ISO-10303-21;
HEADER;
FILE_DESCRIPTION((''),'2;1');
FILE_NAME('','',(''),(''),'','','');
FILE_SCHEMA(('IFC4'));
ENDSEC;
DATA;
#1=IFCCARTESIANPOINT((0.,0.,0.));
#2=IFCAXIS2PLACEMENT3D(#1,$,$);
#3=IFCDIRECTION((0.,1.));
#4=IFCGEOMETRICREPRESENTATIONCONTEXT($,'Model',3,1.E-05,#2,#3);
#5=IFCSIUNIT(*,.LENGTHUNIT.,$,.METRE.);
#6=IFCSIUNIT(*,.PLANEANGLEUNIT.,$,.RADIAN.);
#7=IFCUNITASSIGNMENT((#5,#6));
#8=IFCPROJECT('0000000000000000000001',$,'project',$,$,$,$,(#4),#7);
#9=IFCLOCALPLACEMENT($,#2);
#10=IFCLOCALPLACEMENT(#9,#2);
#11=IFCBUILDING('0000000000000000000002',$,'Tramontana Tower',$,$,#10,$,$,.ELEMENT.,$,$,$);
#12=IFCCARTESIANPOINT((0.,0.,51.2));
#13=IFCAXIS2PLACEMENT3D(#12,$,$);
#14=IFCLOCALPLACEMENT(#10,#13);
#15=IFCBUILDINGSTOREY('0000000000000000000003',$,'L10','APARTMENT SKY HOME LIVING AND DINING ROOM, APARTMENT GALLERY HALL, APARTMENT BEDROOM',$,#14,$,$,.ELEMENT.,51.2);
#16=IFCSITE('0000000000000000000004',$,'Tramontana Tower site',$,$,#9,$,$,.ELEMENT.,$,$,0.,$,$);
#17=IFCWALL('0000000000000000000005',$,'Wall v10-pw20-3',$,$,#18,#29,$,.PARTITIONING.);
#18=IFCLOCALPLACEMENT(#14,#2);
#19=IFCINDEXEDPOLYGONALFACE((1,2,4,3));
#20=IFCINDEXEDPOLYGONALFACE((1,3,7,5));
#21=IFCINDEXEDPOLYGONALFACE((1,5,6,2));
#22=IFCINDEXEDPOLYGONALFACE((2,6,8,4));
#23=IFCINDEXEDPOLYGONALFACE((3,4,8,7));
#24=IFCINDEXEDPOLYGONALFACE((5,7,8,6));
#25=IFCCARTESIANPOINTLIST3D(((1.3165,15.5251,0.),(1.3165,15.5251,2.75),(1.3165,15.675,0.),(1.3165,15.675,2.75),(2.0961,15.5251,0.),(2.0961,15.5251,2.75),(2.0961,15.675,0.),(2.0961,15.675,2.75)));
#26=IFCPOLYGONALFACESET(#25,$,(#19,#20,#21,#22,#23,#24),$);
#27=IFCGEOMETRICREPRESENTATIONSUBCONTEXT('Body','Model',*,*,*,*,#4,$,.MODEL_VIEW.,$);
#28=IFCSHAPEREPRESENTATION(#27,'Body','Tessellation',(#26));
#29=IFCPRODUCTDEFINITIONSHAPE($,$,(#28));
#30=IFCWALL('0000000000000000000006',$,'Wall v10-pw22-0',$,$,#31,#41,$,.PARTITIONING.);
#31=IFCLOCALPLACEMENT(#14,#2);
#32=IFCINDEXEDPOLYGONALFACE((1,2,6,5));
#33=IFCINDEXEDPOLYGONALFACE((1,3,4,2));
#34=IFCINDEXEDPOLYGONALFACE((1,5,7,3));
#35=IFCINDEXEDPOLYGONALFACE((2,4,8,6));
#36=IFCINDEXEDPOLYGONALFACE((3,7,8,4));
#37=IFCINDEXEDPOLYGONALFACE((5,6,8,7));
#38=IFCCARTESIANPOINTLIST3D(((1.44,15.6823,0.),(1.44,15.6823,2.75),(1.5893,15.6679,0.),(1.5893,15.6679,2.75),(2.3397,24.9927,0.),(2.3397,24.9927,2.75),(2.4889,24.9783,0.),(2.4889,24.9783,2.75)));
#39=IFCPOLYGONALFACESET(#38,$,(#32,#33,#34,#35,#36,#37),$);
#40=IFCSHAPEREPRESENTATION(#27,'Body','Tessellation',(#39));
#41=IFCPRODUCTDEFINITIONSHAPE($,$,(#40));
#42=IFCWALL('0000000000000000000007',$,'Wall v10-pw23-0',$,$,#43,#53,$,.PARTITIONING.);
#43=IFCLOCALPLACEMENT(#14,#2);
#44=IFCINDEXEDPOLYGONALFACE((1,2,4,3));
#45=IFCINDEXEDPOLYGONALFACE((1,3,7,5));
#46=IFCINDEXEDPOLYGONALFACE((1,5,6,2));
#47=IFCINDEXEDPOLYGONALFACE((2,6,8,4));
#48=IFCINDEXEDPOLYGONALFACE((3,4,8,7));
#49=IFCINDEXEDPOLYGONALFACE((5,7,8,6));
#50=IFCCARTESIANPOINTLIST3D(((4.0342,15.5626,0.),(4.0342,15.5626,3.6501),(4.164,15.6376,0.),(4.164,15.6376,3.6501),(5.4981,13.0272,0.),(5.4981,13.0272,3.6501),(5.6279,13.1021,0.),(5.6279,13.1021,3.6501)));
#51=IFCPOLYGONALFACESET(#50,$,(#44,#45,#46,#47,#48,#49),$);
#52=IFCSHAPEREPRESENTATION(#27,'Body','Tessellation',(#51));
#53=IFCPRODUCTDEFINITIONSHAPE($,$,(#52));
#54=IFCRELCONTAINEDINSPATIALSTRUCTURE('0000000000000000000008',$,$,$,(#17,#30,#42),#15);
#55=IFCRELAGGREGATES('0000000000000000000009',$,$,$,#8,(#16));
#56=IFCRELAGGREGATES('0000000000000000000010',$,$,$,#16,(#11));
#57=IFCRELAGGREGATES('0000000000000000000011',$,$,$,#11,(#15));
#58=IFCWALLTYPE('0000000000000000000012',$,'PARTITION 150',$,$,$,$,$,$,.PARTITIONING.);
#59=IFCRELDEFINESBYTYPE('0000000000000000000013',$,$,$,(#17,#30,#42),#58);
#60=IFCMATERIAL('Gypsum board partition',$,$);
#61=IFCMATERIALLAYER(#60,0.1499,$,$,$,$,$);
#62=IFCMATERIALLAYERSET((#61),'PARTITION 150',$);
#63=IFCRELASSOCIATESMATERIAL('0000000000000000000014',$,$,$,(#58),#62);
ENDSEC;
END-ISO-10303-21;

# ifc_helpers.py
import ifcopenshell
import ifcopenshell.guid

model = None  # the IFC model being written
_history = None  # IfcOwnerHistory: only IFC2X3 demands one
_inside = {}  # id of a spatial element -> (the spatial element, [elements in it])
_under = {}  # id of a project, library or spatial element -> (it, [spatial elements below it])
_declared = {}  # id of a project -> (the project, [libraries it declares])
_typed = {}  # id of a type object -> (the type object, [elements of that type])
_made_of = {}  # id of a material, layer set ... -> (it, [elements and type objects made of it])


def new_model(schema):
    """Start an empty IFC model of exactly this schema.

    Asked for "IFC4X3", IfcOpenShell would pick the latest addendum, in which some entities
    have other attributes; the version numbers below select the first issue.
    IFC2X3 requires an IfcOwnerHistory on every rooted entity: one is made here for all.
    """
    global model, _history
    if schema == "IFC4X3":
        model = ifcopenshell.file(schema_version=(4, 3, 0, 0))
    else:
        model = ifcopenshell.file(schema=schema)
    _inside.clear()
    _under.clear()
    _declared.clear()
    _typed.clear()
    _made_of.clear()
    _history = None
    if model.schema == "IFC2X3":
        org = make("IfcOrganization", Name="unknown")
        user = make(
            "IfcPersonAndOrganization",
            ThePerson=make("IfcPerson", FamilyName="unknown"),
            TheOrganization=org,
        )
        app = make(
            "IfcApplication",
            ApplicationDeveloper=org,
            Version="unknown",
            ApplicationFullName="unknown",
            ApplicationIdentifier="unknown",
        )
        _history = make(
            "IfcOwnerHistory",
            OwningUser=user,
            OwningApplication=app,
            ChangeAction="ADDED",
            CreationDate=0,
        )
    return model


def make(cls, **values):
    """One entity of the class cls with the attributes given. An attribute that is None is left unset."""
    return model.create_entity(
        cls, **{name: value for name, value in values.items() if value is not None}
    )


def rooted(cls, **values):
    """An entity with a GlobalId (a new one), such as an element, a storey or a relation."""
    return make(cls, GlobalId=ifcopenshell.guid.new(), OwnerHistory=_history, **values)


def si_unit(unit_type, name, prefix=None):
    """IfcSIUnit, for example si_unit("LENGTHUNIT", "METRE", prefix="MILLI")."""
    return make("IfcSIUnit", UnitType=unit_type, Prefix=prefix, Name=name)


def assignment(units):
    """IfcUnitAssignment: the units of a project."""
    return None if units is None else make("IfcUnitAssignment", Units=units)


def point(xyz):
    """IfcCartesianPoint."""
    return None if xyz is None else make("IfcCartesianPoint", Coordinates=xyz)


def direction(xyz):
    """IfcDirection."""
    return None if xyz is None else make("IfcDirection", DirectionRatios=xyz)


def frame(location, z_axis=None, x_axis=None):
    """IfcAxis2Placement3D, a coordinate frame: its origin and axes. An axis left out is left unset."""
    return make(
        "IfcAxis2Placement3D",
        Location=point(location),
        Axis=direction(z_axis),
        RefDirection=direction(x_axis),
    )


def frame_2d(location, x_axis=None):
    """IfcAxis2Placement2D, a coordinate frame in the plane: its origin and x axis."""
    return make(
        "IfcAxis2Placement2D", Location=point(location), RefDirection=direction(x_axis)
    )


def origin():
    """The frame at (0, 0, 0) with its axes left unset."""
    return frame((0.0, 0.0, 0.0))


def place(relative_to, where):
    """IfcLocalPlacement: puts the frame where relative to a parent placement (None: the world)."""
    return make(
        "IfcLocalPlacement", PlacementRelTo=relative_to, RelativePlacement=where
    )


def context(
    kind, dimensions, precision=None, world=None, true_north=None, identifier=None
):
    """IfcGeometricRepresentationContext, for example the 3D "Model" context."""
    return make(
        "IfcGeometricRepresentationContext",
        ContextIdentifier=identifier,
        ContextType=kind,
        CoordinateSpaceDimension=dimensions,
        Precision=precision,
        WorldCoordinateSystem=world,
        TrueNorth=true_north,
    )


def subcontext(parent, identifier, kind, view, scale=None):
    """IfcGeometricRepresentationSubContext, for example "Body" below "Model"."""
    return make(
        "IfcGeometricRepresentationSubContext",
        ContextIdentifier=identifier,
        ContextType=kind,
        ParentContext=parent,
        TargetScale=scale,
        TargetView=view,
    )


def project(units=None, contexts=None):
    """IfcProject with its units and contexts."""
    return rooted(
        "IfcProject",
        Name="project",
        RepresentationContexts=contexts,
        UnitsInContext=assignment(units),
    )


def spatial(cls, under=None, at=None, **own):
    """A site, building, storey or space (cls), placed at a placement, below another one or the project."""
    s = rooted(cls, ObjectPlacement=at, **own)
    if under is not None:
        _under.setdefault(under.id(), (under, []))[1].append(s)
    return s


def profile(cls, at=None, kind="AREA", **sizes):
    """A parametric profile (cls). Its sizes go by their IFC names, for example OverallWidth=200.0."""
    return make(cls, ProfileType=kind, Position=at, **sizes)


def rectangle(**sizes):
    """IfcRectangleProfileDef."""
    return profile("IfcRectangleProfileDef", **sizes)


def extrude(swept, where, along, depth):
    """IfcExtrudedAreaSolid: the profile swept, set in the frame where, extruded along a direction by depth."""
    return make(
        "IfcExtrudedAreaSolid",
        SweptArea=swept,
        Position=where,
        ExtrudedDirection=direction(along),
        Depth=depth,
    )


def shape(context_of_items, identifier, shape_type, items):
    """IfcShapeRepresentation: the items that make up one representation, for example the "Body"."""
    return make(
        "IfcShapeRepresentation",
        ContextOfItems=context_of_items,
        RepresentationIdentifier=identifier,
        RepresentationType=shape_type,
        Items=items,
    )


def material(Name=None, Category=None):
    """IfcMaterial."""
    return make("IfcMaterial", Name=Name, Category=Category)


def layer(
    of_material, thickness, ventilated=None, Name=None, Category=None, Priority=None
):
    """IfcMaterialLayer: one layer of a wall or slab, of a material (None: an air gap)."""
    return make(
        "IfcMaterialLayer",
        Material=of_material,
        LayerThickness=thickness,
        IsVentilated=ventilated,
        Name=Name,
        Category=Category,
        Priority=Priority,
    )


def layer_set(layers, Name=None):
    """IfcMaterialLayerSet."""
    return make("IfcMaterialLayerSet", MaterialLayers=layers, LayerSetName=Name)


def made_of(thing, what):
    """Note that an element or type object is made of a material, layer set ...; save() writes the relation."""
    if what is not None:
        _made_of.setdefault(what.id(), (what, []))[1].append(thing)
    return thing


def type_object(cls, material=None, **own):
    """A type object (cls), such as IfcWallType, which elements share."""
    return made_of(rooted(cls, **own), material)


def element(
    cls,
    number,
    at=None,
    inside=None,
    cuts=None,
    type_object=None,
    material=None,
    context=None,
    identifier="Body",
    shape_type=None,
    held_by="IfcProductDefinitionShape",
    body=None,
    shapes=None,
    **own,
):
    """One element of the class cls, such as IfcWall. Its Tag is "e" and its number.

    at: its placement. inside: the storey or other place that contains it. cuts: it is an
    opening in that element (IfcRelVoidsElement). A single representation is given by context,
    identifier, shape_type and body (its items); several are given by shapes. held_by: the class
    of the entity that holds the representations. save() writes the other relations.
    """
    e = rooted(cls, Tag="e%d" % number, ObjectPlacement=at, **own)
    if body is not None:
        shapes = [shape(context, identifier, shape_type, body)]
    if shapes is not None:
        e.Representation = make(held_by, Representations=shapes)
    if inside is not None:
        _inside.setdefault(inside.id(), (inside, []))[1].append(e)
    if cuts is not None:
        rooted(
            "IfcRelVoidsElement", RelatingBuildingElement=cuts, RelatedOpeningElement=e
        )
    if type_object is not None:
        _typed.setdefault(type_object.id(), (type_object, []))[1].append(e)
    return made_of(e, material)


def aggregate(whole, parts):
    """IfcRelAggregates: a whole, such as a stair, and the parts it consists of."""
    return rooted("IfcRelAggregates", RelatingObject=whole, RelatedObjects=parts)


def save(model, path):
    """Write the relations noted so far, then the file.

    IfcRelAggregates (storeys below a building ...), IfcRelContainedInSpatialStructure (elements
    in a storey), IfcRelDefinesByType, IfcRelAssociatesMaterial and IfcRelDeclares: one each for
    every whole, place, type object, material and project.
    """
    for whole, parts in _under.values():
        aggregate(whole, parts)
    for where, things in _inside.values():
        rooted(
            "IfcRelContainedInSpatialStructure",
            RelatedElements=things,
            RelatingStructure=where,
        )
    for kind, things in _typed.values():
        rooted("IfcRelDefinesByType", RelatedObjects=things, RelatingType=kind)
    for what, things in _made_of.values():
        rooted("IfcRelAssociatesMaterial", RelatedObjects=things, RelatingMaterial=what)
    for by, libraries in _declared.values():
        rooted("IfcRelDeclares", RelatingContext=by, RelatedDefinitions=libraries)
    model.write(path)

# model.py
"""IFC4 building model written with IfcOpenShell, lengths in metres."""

from ifc_helpers import new_model, si_unit, direction, frame, frame_2d, origin, place, context, subcontext, project, spatial, rectangle, extrude, material, layer, layer_set, type_object, element, save


model = new_model("IFC4")

# Units and contexts
model_context = context("Model", 3, precision=1e-05, world=origin(), true_north=direction((0.0, 1.0)))
body_context = subcontext(model_context, "Body", "Model", "MODEL_VIEW")
ifc_project = project(units=[si_unit("LENGTHUNIT", "METRE"), si_unit("PLANEANGLEUNIT", "RADIAN")], contexts=[model_context])

# Site, building, storey
site_placement = place(None, origin())
site = spatial("IfcSite", under=ifc_project, at=site_placement, Name="Tramontana Tower site", CompositionType="ELEMENT", RefElevation=0.0)
building_placement = place(site_placement, origin())
building = spatial("IfcBuilding", under=site, at=building_placement, Name="Tramontana Tower", CompositionType="ELEMENT")
storey_placement = place(building_placement, frame((0.0, 0.0, 51.2)))
storey = spatial("IfcBuildingStorey", under=building, at=storey_placement, Name="L10", Description="APARTMENT SKY HOME LIVING AND DINING ROOM, APARTMENT GALLERY HALL, APARTMENT BEDROOM", CompositionType="ELEMENT", Elevation=51.2)

# Wall
ifc_material_1 = material(Name="Gypsum board partition")
ifc_layer_1 = layer(ifc_material_1, 0.1499)
ifc_layer_set_1 = layer_set([ifc_layer_1], Name="PARTITION 150")
wall_type_1 = type_object("IfcWallType", Name="PARTITION 150", PredefinedType="PARTITIONING", material=ifc_layer_set_1)
wall_1_placement = place(storey_placement, frame((1.3167, 15.6001, 0.0), z_axis=(0.0, 0.0, 1.0), x_axis=(1.0, 0.0, 0.0)))
element("IfcWall", 1, at=wall_1_placement, inside=storey, type_object=wall_type_1, Name="Wall v10-pw20-3", PredefinedType="PARTITIONING", context=body_context, shape_type="SweptSolid", body=[
    extrude(rectangle(XDim=0.7795, YDim=0.1499, at=frame_2d((0.3896, 0.0))), origin(), (0.0, 0.0, 1.0), 2.75),
])

# Walls
wall_2_placement = place(storey_placement, frame((2.4143, 24.9854, 0.0), z_axis=(0.0, 0.0, 1.0), x_axis=(-0.096182, -0.995364, 0.0)))
element("IfcWall", 2, at=wall_2_placement, inside=storey, type_object=wall_type_1, Name="Wall v10-pw22-0", PredefinedType="PARTITIONING", context=body_context, shape_type="SweptSolid", body=[
    extrude(rectangle(XDim=9.3538, YDim=0.1499, at=frame_2d((4.6768, 0.0))), origin(), (0.0, 0.0, 1.0), 2.75),
])
wall_3_placement = place(storey_placement, frame((4.0991, 15.6001, 0.0), z_axis=(0.0, 0.0, 1.0), x_axis=(0.500014, -0.866018, 0.0)))
element("IfcWall", 3, at=wall_3_placement, inside=storey, type_object=wall_type_1, Name="Wall v10-pw23-0", PredefinedType="PARTITIONING", context=body_context, shape_type="SweptSolid", body=[
    extrude(rectangle(XDim=2.9277, YDim=0.1499, at=frame_2d((1.4639, 0.0))), origin(), (0.0, 0.0, 1.0), 3.6501),
])

save(model, "model.ifc")
